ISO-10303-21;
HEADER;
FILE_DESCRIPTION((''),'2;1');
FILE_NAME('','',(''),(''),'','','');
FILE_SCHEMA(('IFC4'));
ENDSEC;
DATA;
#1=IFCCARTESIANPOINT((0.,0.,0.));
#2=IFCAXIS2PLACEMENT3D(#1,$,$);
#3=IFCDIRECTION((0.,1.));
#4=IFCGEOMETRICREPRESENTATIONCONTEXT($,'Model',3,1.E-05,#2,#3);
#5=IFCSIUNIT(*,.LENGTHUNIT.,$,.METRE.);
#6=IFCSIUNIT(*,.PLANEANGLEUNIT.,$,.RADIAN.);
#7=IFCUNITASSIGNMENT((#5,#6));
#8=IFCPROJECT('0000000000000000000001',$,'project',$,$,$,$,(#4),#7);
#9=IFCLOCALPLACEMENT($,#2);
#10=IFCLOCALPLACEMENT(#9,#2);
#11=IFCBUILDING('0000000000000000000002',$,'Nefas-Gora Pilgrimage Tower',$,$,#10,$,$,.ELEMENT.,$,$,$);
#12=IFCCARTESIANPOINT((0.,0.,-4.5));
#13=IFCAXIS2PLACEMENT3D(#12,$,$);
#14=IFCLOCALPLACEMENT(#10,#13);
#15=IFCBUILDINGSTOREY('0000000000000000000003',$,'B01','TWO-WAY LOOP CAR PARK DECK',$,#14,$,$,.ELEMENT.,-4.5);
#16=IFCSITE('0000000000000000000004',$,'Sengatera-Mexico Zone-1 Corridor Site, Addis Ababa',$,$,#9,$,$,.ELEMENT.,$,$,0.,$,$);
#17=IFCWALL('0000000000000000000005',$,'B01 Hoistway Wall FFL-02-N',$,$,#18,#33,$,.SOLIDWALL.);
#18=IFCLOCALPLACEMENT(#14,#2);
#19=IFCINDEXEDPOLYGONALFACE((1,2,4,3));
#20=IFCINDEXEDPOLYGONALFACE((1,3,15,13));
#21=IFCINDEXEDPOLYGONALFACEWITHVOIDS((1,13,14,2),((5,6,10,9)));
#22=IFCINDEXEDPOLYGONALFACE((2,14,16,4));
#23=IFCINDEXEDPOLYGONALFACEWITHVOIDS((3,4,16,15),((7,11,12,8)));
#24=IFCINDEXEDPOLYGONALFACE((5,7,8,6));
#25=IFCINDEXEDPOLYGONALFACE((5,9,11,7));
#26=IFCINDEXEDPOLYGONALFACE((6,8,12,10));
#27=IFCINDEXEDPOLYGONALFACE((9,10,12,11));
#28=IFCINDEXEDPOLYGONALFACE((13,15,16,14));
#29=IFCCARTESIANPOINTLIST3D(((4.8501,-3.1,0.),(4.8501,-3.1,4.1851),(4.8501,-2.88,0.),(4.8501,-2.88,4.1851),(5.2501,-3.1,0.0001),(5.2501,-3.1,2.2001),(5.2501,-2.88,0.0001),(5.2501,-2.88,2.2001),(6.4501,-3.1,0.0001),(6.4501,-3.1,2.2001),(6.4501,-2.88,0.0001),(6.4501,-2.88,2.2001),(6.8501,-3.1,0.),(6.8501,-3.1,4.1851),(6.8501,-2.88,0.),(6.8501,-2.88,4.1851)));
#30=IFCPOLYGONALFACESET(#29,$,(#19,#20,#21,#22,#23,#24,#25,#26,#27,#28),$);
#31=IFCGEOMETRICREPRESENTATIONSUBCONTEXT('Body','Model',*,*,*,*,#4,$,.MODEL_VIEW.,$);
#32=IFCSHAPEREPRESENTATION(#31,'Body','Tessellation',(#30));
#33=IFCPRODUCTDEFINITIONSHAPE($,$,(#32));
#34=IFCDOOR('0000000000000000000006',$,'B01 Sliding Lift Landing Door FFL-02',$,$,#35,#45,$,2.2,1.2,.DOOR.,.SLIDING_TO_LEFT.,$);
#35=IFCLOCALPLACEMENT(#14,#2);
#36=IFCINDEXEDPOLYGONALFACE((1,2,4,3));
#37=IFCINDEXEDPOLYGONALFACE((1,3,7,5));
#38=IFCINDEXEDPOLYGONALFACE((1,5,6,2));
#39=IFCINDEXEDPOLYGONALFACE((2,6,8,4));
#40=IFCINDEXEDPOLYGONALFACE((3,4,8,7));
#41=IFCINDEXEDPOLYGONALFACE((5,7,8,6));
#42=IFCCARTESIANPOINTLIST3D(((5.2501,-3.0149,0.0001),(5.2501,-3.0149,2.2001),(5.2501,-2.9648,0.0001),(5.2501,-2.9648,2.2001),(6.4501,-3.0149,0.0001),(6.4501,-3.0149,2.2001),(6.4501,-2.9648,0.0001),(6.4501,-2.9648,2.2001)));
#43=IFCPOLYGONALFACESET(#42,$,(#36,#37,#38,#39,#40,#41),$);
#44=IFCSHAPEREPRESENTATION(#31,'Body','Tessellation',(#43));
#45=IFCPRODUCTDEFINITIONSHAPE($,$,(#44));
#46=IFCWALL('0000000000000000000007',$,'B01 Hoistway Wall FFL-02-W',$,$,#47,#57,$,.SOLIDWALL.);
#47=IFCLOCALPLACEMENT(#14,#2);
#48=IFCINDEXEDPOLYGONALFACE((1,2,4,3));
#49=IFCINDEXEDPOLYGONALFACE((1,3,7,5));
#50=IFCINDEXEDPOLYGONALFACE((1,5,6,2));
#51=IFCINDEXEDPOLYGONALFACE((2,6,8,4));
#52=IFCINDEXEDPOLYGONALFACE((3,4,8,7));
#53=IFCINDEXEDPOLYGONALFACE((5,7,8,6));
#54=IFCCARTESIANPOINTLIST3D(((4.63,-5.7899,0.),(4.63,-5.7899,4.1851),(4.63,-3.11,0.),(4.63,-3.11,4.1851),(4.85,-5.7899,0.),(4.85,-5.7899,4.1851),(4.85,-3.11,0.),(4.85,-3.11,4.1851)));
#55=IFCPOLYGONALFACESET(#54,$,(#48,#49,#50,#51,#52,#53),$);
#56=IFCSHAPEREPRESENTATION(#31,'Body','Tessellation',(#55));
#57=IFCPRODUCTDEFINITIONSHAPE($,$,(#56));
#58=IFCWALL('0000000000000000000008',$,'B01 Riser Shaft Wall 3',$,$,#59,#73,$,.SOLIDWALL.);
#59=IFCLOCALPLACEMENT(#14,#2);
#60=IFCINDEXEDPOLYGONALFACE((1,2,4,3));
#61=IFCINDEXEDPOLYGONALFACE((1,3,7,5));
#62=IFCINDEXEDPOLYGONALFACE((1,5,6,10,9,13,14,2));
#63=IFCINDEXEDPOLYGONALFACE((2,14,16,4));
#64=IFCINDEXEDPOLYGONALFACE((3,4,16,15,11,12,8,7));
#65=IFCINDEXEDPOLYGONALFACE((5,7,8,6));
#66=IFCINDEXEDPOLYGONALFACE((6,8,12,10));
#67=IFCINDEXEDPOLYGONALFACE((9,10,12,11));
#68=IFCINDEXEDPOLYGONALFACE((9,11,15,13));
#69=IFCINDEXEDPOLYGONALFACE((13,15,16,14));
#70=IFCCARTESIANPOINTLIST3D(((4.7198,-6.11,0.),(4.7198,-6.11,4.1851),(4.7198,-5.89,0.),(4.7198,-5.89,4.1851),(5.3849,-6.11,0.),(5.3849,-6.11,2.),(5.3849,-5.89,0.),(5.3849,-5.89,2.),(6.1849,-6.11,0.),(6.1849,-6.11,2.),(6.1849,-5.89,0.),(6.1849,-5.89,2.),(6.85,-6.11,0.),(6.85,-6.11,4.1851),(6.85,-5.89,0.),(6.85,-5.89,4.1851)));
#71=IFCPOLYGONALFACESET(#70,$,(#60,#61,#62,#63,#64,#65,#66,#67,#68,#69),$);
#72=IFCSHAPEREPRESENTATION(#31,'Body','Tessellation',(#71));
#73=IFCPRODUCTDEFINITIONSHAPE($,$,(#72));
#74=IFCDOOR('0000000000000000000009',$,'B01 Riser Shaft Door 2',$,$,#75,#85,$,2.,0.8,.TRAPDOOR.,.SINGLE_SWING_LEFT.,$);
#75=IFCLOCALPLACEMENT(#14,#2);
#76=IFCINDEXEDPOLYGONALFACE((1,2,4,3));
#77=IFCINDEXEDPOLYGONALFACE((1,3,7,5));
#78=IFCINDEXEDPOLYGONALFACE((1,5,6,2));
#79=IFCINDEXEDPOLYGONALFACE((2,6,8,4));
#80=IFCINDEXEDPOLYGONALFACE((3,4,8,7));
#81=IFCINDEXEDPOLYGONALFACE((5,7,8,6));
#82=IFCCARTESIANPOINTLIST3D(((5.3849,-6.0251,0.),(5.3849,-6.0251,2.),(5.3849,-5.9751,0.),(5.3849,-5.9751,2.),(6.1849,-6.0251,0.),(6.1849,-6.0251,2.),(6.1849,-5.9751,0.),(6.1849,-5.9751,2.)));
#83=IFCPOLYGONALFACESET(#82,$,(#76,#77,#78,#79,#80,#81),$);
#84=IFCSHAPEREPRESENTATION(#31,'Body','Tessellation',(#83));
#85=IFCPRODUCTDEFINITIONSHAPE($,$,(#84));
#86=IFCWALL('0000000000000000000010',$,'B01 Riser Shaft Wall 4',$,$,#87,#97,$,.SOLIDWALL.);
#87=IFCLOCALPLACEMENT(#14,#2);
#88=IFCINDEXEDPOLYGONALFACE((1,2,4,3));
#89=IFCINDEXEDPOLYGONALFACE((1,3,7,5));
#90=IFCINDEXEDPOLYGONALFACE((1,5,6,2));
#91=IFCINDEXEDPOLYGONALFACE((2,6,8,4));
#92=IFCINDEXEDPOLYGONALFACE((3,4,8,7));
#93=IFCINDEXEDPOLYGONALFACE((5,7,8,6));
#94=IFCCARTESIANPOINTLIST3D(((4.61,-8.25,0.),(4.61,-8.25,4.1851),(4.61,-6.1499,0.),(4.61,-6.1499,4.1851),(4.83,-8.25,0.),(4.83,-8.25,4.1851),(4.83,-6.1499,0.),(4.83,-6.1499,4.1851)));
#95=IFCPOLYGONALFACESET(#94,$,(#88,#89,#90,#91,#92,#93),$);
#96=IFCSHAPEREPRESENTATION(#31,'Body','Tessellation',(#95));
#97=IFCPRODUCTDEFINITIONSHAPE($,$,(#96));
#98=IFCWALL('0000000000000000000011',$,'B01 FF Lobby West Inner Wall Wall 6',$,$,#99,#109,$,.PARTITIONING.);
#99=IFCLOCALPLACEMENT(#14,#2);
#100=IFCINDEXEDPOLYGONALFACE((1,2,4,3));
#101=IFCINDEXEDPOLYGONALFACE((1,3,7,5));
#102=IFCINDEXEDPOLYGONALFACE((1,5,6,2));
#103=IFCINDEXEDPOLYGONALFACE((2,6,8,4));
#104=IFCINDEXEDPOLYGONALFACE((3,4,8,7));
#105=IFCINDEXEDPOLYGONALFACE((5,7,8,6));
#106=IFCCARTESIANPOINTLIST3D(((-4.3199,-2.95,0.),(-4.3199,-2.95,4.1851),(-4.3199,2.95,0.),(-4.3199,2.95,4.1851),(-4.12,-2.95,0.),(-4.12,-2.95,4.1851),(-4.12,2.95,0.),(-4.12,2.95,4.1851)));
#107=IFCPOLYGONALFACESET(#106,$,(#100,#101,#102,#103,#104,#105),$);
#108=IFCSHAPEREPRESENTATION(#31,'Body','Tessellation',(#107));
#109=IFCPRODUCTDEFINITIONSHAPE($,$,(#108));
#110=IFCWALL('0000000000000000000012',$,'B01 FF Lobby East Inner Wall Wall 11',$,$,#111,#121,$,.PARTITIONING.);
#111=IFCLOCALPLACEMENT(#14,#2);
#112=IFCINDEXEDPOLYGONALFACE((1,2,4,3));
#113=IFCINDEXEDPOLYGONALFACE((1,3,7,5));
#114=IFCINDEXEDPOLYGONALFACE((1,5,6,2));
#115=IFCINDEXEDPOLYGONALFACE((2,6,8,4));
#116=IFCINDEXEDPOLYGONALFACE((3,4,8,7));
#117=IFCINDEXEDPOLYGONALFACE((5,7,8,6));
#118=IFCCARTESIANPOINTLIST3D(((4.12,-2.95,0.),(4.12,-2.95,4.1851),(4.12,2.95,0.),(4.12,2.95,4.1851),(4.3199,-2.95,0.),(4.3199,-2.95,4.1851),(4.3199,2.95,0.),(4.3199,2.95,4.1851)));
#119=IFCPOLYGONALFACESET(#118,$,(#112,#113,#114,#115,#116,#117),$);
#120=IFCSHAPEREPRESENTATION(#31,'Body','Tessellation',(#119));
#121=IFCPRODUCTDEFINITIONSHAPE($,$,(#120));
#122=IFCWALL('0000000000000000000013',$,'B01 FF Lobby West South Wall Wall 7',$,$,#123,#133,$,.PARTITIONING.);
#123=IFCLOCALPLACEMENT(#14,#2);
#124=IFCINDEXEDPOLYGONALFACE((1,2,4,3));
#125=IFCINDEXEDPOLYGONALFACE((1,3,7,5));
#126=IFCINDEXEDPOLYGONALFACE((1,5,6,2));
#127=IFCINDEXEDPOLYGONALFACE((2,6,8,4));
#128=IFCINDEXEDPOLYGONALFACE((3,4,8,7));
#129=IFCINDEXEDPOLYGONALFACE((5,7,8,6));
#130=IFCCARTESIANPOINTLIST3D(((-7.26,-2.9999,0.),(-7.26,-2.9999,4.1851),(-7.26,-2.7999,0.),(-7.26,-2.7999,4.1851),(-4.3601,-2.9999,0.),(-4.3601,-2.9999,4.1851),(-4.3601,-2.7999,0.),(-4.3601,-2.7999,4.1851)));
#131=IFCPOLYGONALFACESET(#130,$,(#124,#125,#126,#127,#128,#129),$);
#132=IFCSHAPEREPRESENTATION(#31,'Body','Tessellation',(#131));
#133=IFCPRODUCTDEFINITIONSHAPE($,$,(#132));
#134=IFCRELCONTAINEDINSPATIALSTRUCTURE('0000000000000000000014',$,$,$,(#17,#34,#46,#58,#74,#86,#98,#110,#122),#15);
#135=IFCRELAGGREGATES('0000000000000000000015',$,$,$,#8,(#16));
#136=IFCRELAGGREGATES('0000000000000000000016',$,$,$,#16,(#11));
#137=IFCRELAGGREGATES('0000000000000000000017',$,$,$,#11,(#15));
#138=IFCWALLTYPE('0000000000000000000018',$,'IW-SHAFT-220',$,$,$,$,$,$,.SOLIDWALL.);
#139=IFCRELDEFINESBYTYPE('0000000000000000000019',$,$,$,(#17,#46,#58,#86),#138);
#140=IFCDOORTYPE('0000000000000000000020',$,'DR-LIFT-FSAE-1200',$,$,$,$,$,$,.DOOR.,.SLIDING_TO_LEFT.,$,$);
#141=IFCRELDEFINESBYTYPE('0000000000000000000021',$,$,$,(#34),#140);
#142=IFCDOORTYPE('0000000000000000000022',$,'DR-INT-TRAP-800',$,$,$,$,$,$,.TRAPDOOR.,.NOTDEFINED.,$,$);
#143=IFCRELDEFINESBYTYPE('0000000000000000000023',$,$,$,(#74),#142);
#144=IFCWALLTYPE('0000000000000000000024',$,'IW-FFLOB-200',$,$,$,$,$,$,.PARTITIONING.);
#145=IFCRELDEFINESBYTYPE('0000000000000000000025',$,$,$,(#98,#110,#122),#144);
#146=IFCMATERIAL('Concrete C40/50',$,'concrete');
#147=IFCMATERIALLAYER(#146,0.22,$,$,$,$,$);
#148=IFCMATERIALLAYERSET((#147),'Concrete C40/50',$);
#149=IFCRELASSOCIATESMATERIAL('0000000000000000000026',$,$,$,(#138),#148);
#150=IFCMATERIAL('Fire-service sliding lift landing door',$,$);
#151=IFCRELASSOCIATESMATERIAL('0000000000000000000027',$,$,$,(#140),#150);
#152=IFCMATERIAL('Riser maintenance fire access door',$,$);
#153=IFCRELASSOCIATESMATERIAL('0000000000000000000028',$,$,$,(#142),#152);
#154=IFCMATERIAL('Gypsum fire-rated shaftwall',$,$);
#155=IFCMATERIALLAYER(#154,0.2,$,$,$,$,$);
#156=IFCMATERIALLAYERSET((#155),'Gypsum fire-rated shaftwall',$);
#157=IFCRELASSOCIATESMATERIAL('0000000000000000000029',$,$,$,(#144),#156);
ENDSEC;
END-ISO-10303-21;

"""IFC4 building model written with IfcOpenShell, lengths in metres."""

from ifc_helpers import new_model, si_unit, direction, frame, frame_2d, origin, place, context, subcontext, project, spatial, rectangle, extrude, source, transform, mapped, material, layer, layer_set, type_object, element, fill, save


model = new_model("IFC4")

# Units and contexts
model_context = context("Model", 3, precision=1e-05, world=origin(), true_north=direction((0.0, 1.0)))
body_context = subcontext(model_context, "Body", "Model", "MODEL_VIEW")
ifc_project = project(units=[si_unit("LENGTHUNIT", "METRE"), si_unit("PLANEANGLEUNIT", "RADIAN")], contexts=[model_context])

# Site, building, storey
site_placement = place(None, origin())
site = spatial("IfcSite", under=ifc_project, at=site_placement, Name="Sengatera-Mexico Zone-1 Corridor Site, Addis Ababa", CompositionType="ELEMENT", RefElevation=0.0)
building_placement = place(site_placement, origin())
building = spatial("IfcBuilding", under=site, at=building_placement, Name="Nefas-Gora Pilgrimage Tower", CompositionType="ELEMENT")
storey_placement = place(building_placement, frame((0.0, 0.0, -4.5)))
storey = spatial("IfcBuildingStorey", under=building, at=storey_placement, Name="B01", Description="TWO-WAY LOOP CAR PARK DECK", CompositionType="ELEMENT", Elevation=-4.5)

# Wall, opening, door
ifc_material_1 = material(Name="Concrete C40/50", Category="concrete")
ifc_layer_1 = layer(ifc_material_1, 0.22)
ifc_layer_set_1 = layer_set([ifc_layer_1], Name="Concrete C40/50")
wall_type_1 = type_object("IfcWallType", Name="IW-SHAFT-220", PredefinedType="SOLIDWALL", material=ifc_layer_set_1)
shared_shape_1 = source(origin(), body_context, "Body", "SweptSolid", [
    extrude(rectangle(XDim=2.0, YDim=0.22, at=frame_2d((1.0, 0.0))), origin(), (0.0, 0.0, 1.0), 4.1851),
])
wall_1_placement = place(storey_placement, frame((6.8501, -2.99, 0.0), z_axis=(0.0, 0.0, 1.0), x_axis=(-1.0, 0.0, 0.0)))
wall_1 = element("IfcWall", 1, at=wall_1_placement, inside=storey, type_object=wall_type_1, Name="B01 Hoistway Wall FFL-02-N", PredefinedType="SOLIDWALL", context=body_context, shape_type="MappedRepresentation", body=[
    mapped(shared_shape_1, transform((0.0, 0.0, 0.0), x_axis=(1.0, 0.0, 0.0), y_axis=(0.0, 1.0, 0.0), z_axis=(0.0, 0.0, 1.0), scale=1.0)),
])
opening_1_placement = place(wall_1_placement, frame((0.3999, 0.0, 0.0)))
opening_1 = element("IfcOpeningElement", 2, at=opening_1_placement, cuts=wall_1, PredefinedType="OPENING", context=body_context, shape_type="SweptSolid", body=[
    extrude(rectangle(XDim=1.2, YDim=2.2, at=frame_2d((0.6001, 1.1001))), frame((0.0, 0.1199, 0.0), z_axis=(0.0, -1.0, 0.0), x_axis=(1.0, 0.0, 0.0)), (0.0, 0.0, 1.0), 0.24),
])
ifc_material_2 = material(Name="Fire-service sliding lift landing door")
door_type_1 = type_object("IfcDoorType", Name="DR-LIFT-FSAE-1200", OperationType="SLIDING_TO_LEFT", PredefinedType="DOOR", material=ifc_material_2)
shared_shape_2 = source(origin(), body_context, "Body", "SweptSolid", [
    extrude(rectangle(XDim=1.2, YDim=2.2, at=frame_2d((0.6001, 1.1001))), frame((0.0, 0.0249, 0.0), z_axis=(0.0, -1.0, 0.0), x_axis=(1.0, 0.0, 0.0)), (0.0, 0.0, 1.0), 0.05),
])
door_1_placement = place(opening_1_placement, origin())
door_1 = element("IfcDoor", 3, at=door_1_placement, inside=storey, type_object=door_type_1, Name="B01 Sliding Lift Landing Door FFL-02", OperationType="SLIDING_TO_LEFT", OverallHeight=2.2, OverallWidth=1.2, PredefinedType="DOOR", context=body_context, shape_type="MappedRepresentation", body=[
    mapped(shared_shape_2, transform((0.0, 0.0, 0.0), x_axis=(1.0, 0.0, 0.0), y_axis=(0.0, 1.0, 0.0), z_axis=(0.0, 0.0, 1.0), scale=1.0)),
])
fill(opening_1, door_1)

# Wall
shared_shape_3 = source(origin(), body_context, "Body", "SweptSolid", [
    extrude(rectangle(XDim=2.6799, YDim=0.22, at=frame_2d((1.3398, 0.0))), origin(), (0.0, 0.0, 1.0), 4.1851),
])
wall_2_placement = place(storey_placement, frame((4.74, -3.1101, 0.0), z_axis=(0.0, 0.0, 1.0), x_axis=(0.0, -1.0, 0.0)))
element("IfcWall", 4, at=wall_2_placement, inside=storey, type_object=wall_type_1, Name="B01 Hoistway Wall FFL-02-W", PredefinedType="SOLIDWALL", context=body_context, shape_type="MappedRepresentation", body=[
    mapped(shared_shape_3, transform((0.0, 0.0, 0.0), x_axis=(1.0, 0.0, 0.0), y_axis=(0.0, 1.0, 0.0), z_axis=(0.0, 0.0, 1.0), scale=1.0)),
])

# Wall, opening, door
shared_shape_4 = source(origin(), body_context, "Body", "SweptSolid", [
    extrude(rectangle(XDim=2.1301, YDim=0.22, at=frame_2d((1.0649, 0.0))), origin(), (0.0, 0.0, 1.0), 4.1851),
])
wall_3_placement = place(storey_placement, frame((4.72, -6.0, 0.0), z_axis=(0.0, 0.0, 1.0), x_axis=(1.0, 0.0, 0.0)))
wall_3 = element("IfcWall", 5, at=wall_3_placement, inside=storey, type_object=wall_type_1, Name="B01 Riser Shaft Wall 3", PredefinedType="SOLIDWALL", context=body_context, shape_type="MappedRepresentation", body=[
    mapped(shared_shape_4, transform((0.0, 0.0, 0.0), x_axis=(1.0, 0.0, 0.0), y_axis=(0.0, 1.0, 0.0), z_axis=(0.0, 0.0, 1.0), scale=1.0)),
])
opening_2_placement = place(wall_3_placement, frame((0.665, 0.0, 0.0)))
opening_2 = element("IfcOpeningElement", 6, at=opening_2_placement, cuts=wall_3, PredefinedType="OPENING", context=body_context, shape_type="SweptSolid", body=[
    extrude(rectangle(XDim=0.8, YDim=2.0, at=frame_2d((0.3999, 1.0))), frame((0.0, 0.1199, 0.0), z_axis=(0.0, -1.0, 0.0), x_axis=(1.0, 0.0, 0.0)), (0.0, 0.0, 1.0), 0.24),
])
ifc_material_3 = material(Name="Riser maintenance fire access door")
door_type_2 = type_object("IfcDoorType", Name="DR-INT-TRAP-800", OperationType="NOTDEFINED", PredefinedType="TRAPDOOR", material=ifc_material_3)
shared_shape_5 = source(origin(), body_context, "Body", "SweptSolid", [
    extrude(rectangle(XDim=0.8, YDim=2.0, at=frame_2d((0.3999, 1.0))), frame((0.0, 0.0249, 0.0), z_axis=(0.0, -1.0, 0.0), x_axis=(1.0, 0.0, 0.0)), (0.0, 0.0, 1.0), 0.05),
])
door_2_placement = place(opening_2_placement, origin())
door_2 = element("IfcDoor", 7, at=door_2_placement, inside=storey, type_object=door_type_2, Name="B01 Riser Shaft Door 2", OperationType="SINGLE_SWING_LEFT", OverallHeight=2.0, OverallWidth=0.8, PredefinedType="TRAPDOOR", context=body_context, shape_type="MappedRepresentation", body=[
    mapped(shared_shape_5, transform((0.0, 0.0, 0.0), x_axis=(1.0, 0.0, 0.0), y_axis=(0.0, 1.0, 0.0), z_axis=(0.0, 0.0, 1.0), scale=1.0)),
])
fill(opening_2, door_2)

# Walls
shared_shape_6 = source(origin(), body_context, "Body", "SweptSolid", [
    extrude(rectangle(XDim=2.1001, YDim=0.22, at=frame_2d((1.05, 0.0))), origin(), (0.0, 0.0, 1.0), 4.1851),
])
wall_4_placement = place(storey_placement, frame((4.72, -8.25, 0.0), z_axis=(0.0, 0.0, 1.0), x_axis=(0.0, 1.0, 0.0)))
element("IfcWall", 8, at=wall_4_placement, inside=storey, type_object=wall_type_1, Name="B01 Riser Shaft Wall 4", PredefinedType="SOLIDWALL", context=body_context, shape_type="MappedRepresentation", body=[
    mapped(shared_shape_6, transform((0.0, 0.0, 0.0), x_axis=(1.0, 0.0, 0.0), y_axis=(0.0, 1.0, 0.0), z_axis=(0.0, 0.0, 1.0), scale=1.0)),
])
ifc_material_4 = material(Name="Gypsum fire-rated shaftwall")
ifc_layer_2 = layer(ifc_material_4, 0.2)
ifc_layer_set_2 = layer_set([ifc_layer_2], Name="Gypsum fire-rated shaftwall")
wall_type_2 = type_object("IfcWallType", Name="IW-FFLOB-200", PredefinedType="PARTITIONING", material=ifc_layer_set_2)
shared_shape_7 = source(origin(), body_context, "Body", "SweptSolid", [
    extrude(rectangle(XDim=5.8999, YDim=0.2, at=frame_2d((2.95, 0.0))), origin(), (0.0, 0.0, 1.0), 4.1851),
])
for number, where, z_axis, x_axis, name in (
    (9, (-4.22, -2.95, 0.0), (0.0, 0.0, 1.0), (0.0, 1.0, 0.0), "B01 FF Lobby West Inner Wall Wall 6"),
    (10, (4.22, -2.95, 0.0), (0.0, 0.0, 1.0), (0.0, 1.0, 0.0), "B01 FF Lobby East Inner Wall Wall 11"),
):
    element("IfcWall", number, at=place(storey_placement, frame(where, z_axis=z_axis, x_axis=x_axis)), inside=storey, type_object=wall_type_2, Name=name, PredefinedType="PARTITIONING", context=body_context, shape_type="MappedRepresentation", body=[
        mapped(shared_shape_7, transform((0.0, 0.0, 0.0), x_axis=(1.0, 0.0, 0.0), y_axis=(0.0, 1.0, 0.0), z_axis=(0.0, 0.0, 1.0), scale=1.0)),
    ])
shared_shape_8 = source(origin(), body_context, "Body", "SweptSolid", [
    extrude(rectangle(XDim=2.8999, YDim=0.2, at=frame_2d((1.45, 0.0))), origin(), (0.0, 0.0, 1.0), 4.1851),
])
wall_5_placement = place(storey_placement, frame((-7.26, -2.8999, 0.0), z_axis=(0.0, 0.0, 1.0), x_axis=(1.0, 0.0, 0.0)))
element("IfcWall", 11, at=wall_5_placement, inside=storey, type_object=wall_type_2, Name="B01 FF Lobby West South Wall Wall 7", PredefinedType="PARTITIONING", context=body_context, shape_type="MappedRepresentation", body=[
    mapped(shared_shape_8, transform((0.0, 0.0, 0.0), x_axis=(1.0, 0.0, 0.0), y_axis=(0.0, 1.0, 0.0), z_axis=(0.0, 0.0, 1.0), scale=1.0)),
])

save(model, "model.ifc")
